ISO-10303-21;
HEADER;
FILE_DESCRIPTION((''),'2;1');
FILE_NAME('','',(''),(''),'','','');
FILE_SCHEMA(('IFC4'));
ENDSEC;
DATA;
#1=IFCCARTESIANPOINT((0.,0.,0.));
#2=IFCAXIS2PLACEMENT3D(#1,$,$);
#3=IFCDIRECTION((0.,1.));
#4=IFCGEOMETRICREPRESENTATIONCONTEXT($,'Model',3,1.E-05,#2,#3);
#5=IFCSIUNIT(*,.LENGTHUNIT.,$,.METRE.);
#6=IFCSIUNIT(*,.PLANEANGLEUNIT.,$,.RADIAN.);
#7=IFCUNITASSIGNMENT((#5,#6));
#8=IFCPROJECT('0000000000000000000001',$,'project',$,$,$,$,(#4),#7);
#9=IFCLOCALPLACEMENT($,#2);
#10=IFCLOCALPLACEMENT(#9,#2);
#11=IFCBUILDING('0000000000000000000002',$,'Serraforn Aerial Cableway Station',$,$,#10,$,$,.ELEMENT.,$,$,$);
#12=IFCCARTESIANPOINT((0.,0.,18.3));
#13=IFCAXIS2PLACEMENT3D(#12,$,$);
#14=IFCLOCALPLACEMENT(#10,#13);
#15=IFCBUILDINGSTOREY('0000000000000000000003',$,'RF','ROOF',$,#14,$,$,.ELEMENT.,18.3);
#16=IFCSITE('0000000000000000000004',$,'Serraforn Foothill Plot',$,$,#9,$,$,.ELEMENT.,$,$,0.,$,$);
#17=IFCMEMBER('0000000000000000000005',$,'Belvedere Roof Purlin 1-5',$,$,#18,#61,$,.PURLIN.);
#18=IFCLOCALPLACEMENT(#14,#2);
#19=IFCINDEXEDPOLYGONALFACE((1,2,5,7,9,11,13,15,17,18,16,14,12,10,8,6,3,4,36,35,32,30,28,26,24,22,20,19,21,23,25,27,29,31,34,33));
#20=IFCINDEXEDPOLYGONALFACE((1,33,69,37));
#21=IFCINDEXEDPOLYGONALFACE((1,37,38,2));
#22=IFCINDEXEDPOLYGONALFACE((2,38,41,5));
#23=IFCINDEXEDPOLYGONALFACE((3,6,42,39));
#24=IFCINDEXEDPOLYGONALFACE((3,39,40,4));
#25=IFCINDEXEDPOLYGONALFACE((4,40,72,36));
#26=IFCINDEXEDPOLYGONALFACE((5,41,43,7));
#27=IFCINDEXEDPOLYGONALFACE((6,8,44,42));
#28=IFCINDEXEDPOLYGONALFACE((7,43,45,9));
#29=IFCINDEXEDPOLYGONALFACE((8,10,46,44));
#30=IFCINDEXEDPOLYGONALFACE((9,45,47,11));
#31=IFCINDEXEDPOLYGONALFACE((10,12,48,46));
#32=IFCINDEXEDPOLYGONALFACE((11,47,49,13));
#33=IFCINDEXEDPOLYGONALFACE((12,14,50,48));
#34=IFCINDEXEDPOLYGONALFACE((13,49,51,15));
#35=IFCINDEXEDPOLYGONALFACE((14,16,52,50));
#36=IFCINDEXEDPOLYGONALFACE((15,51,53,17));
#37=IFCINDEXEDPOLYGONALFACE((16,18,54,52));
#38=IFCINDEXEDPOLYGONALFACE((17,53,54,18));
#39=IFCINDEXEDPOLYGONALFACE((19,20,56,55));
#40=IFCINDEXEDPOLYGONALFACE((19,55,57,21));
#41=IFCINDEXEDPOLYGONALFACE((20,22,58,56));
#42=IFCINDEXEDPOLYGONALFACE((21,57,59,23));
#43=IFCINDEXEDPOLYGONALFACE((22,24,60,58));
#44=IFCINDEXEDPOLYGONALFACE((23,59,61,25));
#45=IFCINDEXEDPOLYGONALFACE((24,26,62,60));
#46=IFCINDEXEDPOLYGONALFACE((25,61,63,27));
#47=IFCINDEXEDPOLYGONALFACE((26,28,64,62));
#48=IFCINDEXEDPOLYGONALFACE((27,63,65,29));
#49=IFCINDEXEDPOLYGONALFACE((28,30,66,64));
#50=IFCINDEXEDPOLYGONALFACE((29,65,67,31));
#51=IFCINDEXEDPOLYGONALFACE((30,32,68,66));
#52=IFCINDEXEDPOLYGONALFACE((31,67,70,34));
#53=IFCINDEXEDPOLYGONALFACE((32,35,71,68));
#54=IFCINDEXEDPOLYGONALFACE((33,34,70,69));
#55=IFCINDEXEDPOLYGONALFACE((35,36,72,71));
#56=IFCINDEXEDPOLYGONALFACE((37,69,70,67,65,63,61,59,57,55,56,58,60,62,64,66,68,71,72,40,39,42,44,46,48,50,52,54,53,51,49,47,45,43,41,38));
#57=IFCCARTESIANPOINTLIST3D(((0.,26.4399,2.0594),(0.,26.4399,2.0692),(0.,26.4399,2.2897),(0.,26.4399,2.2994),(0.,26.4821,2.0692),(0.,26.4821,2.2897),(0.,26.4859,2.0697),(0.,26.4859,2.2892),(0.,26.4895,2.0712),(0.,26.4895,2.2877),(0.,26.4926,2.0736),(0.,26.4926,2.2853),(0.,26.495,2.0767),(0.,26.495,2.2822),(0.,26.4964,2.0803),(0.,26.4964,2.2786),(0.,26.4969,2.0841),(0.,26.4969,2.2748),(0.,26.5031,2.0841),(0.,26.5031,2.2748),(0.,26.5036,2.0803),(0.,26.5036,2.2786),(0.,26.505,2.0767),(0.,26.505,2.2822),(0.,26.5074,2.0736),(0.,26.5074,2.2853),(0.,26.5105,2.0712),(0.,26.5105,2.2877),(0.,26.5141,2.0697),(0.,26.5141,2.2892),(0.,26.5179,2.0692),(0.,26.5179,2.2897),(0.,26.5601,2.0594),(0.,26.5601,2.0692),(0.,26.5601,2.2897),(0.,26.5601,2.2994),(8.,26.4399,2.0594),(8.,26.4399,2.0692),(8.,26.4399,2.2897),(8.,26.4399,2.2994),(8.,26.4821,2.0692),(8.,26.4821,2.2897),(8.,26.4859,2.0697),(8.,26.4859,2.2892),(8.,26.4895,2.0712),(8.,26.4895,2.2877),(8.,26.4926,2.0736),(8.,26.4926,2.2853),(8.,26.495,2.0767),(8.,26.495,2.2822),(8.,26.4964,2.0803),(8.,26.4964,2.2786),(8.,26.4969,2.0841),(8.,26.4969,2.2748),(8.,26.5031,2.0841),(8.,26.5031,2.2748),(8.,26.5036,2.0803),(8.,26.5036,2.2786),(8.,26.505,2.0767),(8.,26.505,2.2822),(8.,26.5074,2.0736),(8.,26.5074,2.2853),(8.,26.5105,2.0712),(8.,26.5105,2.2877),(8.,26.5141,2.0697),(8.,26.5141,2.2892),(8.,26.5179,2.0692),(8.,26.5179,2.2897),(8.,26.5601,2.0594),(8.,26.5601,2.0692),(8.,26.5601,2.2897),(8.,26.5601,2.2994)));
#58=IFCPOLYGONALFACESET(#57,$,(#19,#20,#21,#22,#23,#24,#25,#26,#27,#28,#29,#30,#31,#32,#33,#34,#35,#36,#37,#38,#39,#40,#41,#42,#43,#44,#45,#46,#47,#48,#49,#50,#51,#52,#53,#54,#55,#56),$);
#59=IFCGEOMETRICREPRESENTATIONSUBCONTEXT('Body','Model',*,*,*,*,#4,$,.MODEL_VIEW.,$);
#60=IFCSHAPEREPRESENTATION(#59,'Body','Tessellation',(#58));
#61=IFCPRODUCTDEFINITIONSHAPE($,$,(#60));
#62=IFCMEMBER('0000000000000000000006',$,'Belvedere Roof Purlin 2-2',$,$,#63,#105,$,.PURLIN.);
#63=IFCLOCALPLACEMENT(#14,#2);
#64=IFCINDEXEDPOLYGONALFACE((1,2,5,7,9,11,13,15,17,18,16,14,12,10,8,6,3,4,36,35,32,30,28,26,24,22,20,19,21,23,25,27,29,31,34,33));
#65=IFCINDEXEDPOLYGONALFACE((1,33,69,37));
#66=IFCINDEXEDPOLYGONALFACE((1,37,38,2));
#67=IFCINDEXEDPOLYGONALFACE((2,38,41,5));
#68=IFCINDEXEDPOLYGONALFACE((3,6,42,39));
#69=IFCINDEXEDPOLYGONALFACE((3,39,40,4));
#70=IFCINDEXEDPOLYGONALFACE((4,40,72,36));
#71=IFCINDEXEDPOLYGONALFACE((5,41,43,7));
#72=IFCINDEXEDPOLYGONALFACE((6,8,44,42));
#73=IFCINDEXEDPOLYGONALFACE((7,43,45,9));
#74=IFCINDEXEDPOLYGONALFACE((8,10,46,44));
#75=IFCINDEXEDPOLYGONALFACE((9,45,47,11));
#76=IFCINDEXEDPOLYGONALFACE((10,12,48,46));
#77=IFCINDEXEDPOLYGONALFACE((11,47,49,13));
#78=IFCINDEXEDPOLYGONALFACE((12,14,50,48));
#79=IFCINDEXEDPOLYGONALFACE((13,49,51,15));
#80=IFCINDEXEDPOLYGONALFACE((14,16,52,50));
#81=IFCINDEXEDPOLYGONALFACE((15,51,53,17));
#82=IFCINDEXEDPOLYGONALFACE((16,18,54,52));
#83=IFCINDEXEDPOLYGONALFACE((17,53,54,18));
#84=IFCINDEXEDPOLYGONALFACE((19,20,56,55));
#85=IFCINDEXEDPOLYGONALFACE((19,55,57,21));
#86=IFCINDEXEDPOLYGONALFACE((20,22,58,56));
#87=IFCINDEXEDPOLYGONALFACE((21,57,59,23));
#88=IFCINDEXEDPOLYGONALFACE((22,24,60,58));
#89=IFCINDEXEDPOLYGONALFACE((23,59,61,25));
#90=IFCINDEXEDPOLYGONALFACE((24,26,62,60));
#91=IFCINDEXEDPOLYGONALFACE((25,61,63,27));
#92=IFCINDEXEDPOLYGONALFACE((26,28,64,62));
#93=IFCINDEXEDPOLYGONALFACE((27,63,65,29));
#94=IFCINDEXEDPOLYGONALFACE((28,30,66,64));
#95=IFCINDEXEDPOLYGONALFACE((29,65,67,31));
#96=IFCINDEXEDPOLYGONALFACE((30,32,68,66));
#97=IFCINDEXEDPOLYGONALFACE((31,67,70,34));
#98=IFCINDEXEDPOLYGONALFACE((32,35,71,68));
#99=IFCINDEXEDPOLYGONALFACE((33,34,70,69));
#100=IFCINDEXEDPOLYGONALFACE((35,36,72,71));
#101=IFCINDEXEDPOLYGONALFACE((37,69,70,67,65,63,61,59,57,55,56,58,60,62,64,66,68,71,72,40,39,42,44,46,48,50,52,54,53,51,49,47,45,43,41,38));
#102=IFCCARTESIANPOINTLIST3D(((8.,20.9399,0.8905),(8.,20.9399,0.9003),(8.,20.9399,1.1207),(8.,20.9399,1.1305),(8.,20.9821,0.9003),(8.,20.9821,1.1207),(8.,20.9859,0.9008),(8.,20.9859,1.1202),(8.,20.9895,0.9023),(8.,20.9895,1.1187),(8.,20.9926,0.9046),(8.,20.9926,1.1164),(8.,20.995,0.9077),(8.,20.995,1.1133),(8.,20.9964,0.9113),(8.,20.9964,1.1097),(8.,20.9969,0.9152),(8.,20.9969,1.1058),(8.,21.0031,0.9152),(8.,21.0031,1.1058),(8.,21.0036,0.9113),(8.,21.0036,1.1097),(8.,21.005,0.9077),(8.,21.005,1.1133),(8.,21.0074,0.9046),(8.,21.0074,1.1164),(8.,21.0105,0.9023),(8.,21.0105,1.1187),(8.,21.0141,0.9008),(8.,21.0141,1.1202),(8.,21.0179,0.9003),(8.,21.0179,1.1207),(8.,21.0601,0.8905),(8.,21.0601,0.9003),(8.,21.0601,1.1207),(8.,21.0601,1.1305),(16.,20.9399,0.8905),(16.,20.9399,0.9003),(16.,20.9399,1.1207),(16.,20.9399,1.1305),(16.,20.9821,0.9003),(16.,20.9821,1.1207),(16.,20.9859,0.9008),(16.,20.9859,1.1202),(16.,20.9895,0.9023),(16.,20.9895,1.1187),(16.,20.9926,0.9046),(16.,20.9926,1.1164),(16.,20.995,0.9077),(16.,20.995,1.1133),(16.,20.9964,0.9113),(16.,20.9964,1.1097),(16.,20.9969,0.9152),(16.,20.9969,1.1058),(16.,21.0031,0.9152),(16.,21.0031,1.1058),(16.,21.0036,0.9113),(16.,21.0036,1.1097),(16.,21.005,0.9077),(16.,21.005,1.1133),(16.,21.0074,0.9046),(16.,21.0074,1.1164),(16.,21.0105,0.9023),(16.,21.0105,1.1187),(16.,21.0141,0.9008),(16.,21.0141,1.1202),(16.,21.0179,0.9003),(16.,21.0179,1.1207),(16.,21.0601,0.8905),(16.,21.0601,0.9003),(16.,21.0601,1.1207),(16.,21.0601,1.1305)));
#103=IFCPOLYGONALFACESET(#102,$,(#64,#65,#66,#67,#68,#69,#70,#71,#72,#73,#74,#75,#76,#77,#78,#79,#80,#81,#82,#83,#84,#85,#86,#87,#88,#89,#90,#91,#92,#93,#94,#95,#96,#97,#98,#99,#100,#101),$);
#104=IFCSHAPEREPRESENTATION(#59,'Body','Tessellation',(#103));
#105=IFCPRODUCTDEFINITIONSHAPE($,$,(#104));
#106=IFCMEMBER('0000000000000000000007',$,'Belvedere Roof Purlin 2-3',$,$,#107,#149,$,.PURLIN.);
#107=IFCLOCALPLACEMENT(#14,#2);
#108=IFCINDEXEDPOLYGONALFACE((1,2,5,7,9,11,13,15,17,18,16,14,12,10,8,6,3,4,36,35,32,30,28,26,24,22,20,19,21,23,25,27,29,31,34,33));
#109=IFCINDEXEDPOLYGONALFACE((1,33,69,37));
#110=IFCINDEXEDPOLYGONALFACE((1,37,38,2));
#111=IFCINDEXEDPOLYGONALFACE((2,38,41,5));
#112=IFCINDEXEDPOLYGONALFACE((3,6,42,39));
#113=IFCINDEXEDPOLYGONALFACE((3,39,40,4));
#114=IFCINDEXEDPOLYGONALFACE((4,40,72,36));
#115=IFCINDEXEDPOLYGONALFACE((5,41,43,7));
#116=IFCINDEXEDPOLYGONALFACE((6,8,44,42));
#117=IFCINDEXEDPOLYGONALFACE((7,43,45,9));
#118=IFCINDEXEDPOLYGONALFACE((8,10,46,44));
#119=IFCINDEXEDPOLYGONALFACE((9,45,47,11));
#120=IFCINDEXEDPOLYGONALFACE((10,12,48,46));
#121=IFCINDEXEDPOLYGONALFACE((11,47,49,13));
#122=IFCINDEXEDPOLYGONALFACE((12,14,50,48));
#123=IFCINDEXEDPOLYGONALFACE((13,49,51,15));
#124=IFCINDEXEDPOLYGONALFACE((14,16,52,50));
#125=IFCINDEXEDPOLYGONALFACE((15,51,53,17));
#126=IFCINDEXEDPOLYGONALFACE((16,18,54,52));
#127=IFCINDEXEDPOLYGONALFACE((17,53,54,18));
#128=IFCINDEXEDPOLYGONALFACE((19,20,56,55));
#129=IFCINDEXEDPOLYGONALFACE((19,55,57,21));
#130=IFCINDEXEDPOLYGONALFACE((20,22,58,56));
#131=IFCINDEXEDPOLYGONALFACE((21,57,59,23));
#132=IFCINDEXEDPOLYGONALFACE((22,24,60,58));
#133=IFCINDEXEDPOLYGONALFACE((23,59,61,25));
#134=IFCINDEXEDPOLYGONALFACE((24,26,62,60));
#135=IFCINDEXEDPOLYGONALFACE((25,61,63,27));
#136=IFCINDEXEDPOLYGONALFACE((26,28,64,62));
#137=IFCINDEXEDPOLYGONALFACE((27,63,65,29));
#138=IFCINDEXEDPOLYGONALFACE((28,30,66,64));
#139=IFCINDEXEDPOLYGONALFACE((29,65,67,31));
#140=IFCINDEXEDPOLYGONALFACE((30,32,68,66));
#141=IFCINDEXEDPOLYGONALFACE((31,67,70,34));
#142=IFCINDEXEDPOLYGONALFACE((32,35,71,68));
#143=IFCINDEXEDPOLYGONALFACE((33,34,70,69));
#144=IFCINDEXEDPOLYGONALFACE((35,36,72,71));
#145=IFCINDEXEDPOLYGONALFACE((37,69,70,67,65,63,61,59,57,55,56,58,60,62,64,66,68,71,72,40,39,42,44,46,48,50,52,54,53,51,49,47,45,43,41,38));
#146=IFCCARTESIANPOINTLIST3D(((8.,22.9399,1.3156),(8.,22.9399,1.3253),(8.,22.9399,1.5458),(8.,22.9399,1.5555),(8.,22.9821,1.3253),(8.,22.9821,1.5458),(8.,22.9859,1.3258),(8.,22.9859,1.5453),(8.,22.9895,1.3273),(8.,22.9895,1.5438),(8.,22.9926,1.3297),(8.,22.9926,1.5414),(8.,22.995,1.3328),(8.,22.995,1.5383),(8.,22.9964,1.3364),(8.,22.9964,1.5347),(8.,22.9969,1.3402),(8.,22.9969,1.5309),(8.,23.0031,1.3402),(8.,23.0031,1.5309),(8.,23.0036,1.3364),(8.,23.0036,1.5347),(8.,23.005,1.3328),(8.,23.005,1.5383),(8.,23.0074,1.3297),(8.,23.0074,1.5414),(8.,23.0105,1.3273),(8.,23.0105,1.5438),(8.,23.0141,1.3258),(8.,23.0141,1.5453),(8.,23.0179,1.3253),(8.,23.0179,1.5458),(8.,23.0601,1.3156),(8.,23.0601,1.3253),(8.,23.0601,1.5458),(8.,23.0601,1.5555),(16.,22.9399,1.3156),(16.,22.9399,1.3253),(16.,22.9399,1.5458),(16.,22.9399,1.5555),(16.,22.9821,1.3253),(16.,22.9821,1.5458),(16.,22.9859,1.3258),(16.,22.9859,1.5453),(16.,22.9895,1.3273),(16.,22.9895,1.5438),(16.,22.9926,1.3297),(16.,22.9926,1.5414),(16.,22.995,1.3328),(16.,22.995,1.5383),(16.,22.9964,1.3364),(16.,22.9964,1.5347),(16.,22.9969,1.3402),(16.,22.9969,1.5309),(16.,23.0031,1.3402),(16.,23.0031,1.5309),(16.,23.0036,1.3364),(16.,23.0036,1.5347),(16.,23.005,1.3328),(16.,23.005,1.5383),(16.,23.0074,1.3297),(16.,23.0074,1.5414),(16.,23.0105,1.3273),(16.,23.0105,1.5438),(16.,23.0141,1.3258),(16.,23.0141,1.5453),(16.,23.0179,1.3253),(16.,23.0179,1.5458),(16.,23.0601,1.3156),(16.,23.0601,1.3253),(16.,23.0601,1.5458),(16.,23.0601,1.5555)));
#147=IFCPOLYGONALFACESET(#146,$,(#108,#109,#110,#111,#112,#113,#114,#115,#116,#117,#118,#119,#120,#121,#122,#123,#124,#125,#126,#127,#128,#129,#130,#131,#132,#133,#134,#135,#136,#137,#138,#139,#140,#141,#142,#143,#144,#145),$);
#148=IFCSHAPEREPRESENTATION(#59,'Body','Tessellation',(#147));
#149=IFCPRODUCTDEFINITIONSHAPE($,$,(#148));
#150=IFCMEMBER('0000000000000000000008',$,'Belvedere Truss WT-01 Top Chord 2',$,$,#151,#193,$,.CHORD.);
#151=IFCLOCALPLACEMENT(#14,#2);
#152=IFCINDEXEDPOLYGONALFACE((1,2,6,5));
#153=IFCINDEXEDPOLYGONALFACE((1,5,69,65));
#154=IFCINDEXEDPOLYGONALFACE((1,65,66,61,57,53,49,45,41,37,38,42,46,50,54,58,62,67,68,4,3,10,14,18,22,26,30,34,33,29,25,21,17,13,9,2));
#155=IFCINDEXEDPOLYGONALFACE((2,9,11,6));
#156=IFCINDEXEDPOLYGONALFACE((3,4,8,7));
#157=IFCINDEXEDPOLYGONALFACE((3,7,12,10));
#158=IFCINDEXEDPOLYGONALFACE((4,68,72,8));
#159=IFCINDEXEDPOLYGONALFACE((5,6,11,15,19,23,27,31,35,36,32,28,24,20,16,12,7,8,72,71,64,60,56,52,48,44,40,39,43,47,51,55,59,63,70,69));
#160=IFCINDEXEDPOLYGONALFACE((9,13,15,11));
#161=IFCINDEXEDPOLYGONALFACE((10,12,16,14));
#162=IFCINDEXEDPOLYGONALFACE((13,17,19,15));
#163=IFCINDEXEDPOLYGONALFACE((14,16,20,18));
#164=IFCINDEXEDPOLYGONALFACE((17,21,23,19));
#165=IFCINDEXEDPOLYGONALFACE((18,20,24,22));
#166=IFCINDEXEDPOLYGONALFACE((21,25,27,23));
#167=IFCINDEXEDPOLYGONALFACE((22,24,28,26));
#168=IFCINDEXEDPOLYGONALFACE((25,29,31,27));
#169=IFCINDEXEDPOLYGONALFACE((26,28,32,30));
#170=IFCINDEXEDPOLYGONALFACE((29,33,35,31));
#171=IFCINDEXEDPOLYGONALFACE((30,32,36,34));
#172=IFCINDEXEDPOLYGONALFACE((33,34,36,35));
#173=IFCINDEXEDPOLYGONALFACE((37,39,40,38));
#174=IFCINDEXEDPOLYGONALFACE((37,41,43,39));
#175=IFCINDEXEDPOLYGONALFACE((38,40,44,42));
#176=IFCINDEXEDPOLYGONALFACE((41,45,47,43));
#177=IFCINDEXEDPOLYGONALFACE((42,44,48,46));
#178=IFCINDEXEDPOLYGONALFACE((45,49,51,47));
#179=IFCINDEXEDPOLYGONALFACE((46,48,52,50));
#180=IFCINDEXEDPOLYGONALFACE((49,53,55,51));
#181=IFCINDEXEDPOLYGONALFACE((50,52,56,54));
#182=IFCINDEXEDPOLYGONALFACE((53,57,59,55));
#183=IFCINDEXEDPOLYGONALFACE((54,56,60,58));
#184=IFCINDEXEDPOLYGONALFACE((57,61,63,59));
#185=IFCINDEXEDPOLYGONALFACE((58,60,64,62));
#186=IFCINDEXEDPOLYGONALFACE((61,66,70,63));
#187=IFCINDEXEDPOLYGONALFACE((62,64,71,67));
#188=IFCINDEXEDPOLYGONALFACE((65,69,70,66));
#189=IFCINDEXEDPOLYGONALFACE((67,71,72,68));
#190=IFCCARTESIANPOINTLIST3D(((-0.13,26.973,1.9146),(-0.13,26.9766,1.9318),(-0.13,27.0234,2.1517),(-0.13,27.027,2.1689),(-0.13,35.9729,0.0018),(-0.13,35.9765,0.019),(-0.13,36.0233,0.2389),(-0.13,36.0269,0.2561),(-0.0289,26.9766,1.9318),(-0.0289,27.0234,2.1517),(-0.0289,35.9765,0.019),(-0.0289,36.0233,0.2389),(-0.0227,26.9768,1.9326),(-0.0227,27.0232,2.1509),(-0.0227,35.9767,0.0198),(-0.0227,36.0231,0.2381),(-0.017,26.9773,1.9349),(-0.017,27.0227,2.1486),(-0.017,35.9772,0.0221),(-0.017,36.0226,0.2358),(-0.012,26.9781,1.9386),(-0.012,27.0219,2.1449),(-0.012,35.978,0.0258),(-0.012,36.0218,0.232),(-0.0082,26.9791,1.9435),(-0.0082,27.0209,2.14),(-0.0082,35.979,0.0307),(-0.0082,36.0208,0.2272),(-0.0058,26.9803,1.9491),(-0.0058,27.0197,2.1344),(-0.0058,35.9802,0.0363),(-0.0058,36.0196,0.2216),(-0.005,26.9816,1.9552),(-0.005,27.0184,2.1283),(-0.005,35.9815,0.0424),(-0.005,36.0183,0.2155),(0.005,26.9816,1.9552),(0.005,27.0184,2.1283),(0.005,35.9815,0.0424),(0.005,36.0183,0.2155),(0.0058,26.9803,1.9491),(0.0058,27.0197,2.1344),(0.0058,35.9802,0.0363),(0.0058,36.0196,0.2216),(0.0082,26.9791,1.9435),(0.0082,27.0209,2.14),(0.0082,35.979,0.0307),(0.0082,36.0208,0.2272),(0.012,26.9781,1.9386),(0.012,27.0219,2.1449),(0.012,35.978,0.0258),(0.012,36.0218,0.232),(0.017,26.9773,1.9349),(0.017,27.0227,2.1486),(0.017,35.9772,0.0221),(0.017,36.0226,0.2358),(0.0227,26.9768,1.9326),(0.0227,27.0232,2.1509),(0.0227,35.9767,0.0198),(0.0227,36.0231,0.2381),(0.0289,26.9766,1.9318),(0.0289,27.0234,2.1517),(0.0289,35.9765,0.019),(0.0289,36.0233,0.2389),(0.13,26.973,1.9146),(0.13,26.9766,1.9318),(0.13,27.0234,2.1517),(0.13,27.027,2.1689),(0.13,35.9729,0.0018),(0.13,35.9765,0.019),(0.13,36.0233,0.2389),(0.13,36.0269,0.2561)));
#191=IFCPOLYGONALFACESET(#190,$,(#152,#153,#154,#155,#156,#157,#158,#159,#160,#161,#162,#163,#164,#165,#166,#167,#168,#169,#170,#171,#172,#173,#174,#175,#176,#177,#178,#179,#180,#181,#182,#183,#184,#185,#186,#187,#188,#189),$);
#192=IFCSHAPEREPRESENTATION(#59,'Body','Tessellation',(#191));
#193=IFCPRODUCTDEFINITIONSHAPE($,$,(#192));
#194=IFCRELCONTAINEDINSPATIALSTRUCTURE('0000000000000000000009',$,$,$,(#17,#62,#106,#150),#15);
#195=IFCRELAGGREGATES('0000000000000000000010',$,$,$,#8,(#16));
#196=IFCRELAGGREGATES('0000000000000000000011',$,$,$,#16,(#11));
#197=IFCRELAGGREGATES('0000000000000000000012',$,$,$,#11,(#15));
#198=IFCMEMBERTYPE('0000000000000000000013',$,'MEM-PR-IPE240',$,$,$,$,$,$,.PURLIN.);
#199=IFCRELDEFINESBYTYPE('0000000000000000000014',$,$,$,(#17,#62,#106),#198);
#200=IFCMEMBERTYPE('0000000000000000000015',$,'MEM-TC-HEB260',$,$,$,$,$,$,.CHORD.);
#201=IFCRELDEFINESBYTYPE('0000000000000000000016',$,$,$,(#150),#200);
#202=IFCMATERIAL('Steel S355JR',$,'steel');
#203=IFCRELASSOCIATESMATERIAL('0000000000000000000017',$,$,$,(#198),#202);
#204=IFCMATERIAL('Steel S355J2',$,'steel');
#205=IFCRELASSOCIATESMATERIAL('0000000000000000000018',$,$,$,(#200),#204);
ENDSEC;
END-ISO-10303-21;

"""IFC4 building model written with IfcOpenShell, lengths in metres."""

from ifc_helpers import new_model, si_unit, direction, frame, origin, origin_2d, place, context, subcontext, project, spatial, i_section, extrude, material, material_profile, profile_set, type_object, element, save


model = new_model("IFC4")

# Units and contexts
model_context = context("Model", 3, precision=1e-05, world=origin(), true_north=direction((0.0, 1.0)))
body_context = subcontext(model_context, "Body", "Model", "MODEL_VIEW")
ifc_project = project(units=[si_unit("LENGTHUNIT", "METRE"), si_unit("PLANEANGLEUNIT", "RADIAN")], contexts=[model_context])

# Site, building, storey
site_placement = place(None, origin())
site = spatial("IfcSite", under=ifc_project, at=site_placement, Name="Serraforn Foothill Plot", CompositionType="ELEMENT", RefElevation=0.0)
building_placement = place(site_placement, origin())
building = spatial("IfcBuilding", under=site, at=building_placement, Name="Serraforn Aerial Cableway Station", CompositionType="ELEMENT")
storey_placement = place(building_placement, frame((0.0, 0.0, 18.3)))
storey = spatial("IfcBuildingStorey", under=building, at=storey_placement, Name="RF", Description="ROOF", CompositionType="ELEMENT", Elevation=18.3)

# Members
ifc_material_1 = material(Name="Steel S355J2", Category="steel")
ifc_material_2 = material(Name="Steel S355JR", Category="steel")
ifc_material_profile_1 = material_profile(ifc_material_2, i_section(OverallWidth=0.1201, OverallDepth=0.24, WebThickness=0.0061, FlangeThickness=0.0098, FilletRadius=0.0149, at=origin_2d()), Name="IPE 240")
ifc_profile_set_1 = profile_set([ifc_material_profile_1], Name="Steel S355JR")
member_type_1 = type_object("IfcMemberType", Name="MEM-PR-IPE240", PredefinedType="PURLIN", material=ifc_profile_set_1)
for number, where, z_axis, x_axis, name in (
    (1, (0.0, 26.5, 2.1794), (1.0, 0.0, 0.0), (0.0, 1.0, 0.0), "Belvedere Roof Purlin 1-5"),
    (2, (8.0, 21.0, 1.0105), (1.0, 0.0, 0.0), (0.0, 1.0, 0.0), "Belvedere Roof Purlin 2-2"),
    (3, (8.0, 23.0, 1.4355), (1.0, 0.0, 0.0), (0.0, 1.0, 0.0), "Belvedere Roof Purlin 2-3"),
):
    element("IfcMember", number, at=place(storey_placement, frame(where, z_axis=z_axis, x_axis=x_axis)), inside=storey, type_object=member_type_1, Name=name, PredefinedType="PURLIN", context=body_context, shape_type="SweptSolid", body=[
        extrude(i_section(OverallWidth=0.1201, OverallDepth=0.24, WebThickness=0.0061, FlangeThickness=0.0098, FilletRadius=0.0149, at=origin_2d()), origin(), (0.0, 0.0, 1.0), 8.0),
    ])
ifc_material_profile_2 = material_profile(ifc_material_1, i_section(OverallWidth=0.26, OverallDepth=0.26, WebThickness=0.01, FlangeThickness=0.0176, FilletRadius=0.0239, at=origin_2d()), Name="HEB 260")
ifc_profile_set_2 = profile_set([ifc_material_profile_2], Name="Steel S355J2")
member_type_2 = type_object("IfcMemberType", Name="MEM-TC-HEB260", PredefinedType="CHORD", material=ifc_profile_set_2)
member_1_placement = place(storey_placement, frame((0.0, 27.0, 2.0417), z_axis=(0.0, 0.978151, -0.207894), x_axis=(-1.0, 0.0, 0.0)))
element("IfcMember", 4, at=member_1_placement, inside=storey, type_object=member_type_2, Name="Belvedere Truss WT-01 Top Chord 2", PredefinedType="CHORD", context=body_context, shape_type="SweptSolid", body=[
    extrude(i_section(OverallWidth=0.26, OverallDepth=0.26, WebThickness=0.01, FlangeThickness=0.0176, FilletRadius=0.0239, at=origin_2d()), origin(), (0.0, 0.0, 1.0), 9.2009),
])

save(model, "model.ifc")
